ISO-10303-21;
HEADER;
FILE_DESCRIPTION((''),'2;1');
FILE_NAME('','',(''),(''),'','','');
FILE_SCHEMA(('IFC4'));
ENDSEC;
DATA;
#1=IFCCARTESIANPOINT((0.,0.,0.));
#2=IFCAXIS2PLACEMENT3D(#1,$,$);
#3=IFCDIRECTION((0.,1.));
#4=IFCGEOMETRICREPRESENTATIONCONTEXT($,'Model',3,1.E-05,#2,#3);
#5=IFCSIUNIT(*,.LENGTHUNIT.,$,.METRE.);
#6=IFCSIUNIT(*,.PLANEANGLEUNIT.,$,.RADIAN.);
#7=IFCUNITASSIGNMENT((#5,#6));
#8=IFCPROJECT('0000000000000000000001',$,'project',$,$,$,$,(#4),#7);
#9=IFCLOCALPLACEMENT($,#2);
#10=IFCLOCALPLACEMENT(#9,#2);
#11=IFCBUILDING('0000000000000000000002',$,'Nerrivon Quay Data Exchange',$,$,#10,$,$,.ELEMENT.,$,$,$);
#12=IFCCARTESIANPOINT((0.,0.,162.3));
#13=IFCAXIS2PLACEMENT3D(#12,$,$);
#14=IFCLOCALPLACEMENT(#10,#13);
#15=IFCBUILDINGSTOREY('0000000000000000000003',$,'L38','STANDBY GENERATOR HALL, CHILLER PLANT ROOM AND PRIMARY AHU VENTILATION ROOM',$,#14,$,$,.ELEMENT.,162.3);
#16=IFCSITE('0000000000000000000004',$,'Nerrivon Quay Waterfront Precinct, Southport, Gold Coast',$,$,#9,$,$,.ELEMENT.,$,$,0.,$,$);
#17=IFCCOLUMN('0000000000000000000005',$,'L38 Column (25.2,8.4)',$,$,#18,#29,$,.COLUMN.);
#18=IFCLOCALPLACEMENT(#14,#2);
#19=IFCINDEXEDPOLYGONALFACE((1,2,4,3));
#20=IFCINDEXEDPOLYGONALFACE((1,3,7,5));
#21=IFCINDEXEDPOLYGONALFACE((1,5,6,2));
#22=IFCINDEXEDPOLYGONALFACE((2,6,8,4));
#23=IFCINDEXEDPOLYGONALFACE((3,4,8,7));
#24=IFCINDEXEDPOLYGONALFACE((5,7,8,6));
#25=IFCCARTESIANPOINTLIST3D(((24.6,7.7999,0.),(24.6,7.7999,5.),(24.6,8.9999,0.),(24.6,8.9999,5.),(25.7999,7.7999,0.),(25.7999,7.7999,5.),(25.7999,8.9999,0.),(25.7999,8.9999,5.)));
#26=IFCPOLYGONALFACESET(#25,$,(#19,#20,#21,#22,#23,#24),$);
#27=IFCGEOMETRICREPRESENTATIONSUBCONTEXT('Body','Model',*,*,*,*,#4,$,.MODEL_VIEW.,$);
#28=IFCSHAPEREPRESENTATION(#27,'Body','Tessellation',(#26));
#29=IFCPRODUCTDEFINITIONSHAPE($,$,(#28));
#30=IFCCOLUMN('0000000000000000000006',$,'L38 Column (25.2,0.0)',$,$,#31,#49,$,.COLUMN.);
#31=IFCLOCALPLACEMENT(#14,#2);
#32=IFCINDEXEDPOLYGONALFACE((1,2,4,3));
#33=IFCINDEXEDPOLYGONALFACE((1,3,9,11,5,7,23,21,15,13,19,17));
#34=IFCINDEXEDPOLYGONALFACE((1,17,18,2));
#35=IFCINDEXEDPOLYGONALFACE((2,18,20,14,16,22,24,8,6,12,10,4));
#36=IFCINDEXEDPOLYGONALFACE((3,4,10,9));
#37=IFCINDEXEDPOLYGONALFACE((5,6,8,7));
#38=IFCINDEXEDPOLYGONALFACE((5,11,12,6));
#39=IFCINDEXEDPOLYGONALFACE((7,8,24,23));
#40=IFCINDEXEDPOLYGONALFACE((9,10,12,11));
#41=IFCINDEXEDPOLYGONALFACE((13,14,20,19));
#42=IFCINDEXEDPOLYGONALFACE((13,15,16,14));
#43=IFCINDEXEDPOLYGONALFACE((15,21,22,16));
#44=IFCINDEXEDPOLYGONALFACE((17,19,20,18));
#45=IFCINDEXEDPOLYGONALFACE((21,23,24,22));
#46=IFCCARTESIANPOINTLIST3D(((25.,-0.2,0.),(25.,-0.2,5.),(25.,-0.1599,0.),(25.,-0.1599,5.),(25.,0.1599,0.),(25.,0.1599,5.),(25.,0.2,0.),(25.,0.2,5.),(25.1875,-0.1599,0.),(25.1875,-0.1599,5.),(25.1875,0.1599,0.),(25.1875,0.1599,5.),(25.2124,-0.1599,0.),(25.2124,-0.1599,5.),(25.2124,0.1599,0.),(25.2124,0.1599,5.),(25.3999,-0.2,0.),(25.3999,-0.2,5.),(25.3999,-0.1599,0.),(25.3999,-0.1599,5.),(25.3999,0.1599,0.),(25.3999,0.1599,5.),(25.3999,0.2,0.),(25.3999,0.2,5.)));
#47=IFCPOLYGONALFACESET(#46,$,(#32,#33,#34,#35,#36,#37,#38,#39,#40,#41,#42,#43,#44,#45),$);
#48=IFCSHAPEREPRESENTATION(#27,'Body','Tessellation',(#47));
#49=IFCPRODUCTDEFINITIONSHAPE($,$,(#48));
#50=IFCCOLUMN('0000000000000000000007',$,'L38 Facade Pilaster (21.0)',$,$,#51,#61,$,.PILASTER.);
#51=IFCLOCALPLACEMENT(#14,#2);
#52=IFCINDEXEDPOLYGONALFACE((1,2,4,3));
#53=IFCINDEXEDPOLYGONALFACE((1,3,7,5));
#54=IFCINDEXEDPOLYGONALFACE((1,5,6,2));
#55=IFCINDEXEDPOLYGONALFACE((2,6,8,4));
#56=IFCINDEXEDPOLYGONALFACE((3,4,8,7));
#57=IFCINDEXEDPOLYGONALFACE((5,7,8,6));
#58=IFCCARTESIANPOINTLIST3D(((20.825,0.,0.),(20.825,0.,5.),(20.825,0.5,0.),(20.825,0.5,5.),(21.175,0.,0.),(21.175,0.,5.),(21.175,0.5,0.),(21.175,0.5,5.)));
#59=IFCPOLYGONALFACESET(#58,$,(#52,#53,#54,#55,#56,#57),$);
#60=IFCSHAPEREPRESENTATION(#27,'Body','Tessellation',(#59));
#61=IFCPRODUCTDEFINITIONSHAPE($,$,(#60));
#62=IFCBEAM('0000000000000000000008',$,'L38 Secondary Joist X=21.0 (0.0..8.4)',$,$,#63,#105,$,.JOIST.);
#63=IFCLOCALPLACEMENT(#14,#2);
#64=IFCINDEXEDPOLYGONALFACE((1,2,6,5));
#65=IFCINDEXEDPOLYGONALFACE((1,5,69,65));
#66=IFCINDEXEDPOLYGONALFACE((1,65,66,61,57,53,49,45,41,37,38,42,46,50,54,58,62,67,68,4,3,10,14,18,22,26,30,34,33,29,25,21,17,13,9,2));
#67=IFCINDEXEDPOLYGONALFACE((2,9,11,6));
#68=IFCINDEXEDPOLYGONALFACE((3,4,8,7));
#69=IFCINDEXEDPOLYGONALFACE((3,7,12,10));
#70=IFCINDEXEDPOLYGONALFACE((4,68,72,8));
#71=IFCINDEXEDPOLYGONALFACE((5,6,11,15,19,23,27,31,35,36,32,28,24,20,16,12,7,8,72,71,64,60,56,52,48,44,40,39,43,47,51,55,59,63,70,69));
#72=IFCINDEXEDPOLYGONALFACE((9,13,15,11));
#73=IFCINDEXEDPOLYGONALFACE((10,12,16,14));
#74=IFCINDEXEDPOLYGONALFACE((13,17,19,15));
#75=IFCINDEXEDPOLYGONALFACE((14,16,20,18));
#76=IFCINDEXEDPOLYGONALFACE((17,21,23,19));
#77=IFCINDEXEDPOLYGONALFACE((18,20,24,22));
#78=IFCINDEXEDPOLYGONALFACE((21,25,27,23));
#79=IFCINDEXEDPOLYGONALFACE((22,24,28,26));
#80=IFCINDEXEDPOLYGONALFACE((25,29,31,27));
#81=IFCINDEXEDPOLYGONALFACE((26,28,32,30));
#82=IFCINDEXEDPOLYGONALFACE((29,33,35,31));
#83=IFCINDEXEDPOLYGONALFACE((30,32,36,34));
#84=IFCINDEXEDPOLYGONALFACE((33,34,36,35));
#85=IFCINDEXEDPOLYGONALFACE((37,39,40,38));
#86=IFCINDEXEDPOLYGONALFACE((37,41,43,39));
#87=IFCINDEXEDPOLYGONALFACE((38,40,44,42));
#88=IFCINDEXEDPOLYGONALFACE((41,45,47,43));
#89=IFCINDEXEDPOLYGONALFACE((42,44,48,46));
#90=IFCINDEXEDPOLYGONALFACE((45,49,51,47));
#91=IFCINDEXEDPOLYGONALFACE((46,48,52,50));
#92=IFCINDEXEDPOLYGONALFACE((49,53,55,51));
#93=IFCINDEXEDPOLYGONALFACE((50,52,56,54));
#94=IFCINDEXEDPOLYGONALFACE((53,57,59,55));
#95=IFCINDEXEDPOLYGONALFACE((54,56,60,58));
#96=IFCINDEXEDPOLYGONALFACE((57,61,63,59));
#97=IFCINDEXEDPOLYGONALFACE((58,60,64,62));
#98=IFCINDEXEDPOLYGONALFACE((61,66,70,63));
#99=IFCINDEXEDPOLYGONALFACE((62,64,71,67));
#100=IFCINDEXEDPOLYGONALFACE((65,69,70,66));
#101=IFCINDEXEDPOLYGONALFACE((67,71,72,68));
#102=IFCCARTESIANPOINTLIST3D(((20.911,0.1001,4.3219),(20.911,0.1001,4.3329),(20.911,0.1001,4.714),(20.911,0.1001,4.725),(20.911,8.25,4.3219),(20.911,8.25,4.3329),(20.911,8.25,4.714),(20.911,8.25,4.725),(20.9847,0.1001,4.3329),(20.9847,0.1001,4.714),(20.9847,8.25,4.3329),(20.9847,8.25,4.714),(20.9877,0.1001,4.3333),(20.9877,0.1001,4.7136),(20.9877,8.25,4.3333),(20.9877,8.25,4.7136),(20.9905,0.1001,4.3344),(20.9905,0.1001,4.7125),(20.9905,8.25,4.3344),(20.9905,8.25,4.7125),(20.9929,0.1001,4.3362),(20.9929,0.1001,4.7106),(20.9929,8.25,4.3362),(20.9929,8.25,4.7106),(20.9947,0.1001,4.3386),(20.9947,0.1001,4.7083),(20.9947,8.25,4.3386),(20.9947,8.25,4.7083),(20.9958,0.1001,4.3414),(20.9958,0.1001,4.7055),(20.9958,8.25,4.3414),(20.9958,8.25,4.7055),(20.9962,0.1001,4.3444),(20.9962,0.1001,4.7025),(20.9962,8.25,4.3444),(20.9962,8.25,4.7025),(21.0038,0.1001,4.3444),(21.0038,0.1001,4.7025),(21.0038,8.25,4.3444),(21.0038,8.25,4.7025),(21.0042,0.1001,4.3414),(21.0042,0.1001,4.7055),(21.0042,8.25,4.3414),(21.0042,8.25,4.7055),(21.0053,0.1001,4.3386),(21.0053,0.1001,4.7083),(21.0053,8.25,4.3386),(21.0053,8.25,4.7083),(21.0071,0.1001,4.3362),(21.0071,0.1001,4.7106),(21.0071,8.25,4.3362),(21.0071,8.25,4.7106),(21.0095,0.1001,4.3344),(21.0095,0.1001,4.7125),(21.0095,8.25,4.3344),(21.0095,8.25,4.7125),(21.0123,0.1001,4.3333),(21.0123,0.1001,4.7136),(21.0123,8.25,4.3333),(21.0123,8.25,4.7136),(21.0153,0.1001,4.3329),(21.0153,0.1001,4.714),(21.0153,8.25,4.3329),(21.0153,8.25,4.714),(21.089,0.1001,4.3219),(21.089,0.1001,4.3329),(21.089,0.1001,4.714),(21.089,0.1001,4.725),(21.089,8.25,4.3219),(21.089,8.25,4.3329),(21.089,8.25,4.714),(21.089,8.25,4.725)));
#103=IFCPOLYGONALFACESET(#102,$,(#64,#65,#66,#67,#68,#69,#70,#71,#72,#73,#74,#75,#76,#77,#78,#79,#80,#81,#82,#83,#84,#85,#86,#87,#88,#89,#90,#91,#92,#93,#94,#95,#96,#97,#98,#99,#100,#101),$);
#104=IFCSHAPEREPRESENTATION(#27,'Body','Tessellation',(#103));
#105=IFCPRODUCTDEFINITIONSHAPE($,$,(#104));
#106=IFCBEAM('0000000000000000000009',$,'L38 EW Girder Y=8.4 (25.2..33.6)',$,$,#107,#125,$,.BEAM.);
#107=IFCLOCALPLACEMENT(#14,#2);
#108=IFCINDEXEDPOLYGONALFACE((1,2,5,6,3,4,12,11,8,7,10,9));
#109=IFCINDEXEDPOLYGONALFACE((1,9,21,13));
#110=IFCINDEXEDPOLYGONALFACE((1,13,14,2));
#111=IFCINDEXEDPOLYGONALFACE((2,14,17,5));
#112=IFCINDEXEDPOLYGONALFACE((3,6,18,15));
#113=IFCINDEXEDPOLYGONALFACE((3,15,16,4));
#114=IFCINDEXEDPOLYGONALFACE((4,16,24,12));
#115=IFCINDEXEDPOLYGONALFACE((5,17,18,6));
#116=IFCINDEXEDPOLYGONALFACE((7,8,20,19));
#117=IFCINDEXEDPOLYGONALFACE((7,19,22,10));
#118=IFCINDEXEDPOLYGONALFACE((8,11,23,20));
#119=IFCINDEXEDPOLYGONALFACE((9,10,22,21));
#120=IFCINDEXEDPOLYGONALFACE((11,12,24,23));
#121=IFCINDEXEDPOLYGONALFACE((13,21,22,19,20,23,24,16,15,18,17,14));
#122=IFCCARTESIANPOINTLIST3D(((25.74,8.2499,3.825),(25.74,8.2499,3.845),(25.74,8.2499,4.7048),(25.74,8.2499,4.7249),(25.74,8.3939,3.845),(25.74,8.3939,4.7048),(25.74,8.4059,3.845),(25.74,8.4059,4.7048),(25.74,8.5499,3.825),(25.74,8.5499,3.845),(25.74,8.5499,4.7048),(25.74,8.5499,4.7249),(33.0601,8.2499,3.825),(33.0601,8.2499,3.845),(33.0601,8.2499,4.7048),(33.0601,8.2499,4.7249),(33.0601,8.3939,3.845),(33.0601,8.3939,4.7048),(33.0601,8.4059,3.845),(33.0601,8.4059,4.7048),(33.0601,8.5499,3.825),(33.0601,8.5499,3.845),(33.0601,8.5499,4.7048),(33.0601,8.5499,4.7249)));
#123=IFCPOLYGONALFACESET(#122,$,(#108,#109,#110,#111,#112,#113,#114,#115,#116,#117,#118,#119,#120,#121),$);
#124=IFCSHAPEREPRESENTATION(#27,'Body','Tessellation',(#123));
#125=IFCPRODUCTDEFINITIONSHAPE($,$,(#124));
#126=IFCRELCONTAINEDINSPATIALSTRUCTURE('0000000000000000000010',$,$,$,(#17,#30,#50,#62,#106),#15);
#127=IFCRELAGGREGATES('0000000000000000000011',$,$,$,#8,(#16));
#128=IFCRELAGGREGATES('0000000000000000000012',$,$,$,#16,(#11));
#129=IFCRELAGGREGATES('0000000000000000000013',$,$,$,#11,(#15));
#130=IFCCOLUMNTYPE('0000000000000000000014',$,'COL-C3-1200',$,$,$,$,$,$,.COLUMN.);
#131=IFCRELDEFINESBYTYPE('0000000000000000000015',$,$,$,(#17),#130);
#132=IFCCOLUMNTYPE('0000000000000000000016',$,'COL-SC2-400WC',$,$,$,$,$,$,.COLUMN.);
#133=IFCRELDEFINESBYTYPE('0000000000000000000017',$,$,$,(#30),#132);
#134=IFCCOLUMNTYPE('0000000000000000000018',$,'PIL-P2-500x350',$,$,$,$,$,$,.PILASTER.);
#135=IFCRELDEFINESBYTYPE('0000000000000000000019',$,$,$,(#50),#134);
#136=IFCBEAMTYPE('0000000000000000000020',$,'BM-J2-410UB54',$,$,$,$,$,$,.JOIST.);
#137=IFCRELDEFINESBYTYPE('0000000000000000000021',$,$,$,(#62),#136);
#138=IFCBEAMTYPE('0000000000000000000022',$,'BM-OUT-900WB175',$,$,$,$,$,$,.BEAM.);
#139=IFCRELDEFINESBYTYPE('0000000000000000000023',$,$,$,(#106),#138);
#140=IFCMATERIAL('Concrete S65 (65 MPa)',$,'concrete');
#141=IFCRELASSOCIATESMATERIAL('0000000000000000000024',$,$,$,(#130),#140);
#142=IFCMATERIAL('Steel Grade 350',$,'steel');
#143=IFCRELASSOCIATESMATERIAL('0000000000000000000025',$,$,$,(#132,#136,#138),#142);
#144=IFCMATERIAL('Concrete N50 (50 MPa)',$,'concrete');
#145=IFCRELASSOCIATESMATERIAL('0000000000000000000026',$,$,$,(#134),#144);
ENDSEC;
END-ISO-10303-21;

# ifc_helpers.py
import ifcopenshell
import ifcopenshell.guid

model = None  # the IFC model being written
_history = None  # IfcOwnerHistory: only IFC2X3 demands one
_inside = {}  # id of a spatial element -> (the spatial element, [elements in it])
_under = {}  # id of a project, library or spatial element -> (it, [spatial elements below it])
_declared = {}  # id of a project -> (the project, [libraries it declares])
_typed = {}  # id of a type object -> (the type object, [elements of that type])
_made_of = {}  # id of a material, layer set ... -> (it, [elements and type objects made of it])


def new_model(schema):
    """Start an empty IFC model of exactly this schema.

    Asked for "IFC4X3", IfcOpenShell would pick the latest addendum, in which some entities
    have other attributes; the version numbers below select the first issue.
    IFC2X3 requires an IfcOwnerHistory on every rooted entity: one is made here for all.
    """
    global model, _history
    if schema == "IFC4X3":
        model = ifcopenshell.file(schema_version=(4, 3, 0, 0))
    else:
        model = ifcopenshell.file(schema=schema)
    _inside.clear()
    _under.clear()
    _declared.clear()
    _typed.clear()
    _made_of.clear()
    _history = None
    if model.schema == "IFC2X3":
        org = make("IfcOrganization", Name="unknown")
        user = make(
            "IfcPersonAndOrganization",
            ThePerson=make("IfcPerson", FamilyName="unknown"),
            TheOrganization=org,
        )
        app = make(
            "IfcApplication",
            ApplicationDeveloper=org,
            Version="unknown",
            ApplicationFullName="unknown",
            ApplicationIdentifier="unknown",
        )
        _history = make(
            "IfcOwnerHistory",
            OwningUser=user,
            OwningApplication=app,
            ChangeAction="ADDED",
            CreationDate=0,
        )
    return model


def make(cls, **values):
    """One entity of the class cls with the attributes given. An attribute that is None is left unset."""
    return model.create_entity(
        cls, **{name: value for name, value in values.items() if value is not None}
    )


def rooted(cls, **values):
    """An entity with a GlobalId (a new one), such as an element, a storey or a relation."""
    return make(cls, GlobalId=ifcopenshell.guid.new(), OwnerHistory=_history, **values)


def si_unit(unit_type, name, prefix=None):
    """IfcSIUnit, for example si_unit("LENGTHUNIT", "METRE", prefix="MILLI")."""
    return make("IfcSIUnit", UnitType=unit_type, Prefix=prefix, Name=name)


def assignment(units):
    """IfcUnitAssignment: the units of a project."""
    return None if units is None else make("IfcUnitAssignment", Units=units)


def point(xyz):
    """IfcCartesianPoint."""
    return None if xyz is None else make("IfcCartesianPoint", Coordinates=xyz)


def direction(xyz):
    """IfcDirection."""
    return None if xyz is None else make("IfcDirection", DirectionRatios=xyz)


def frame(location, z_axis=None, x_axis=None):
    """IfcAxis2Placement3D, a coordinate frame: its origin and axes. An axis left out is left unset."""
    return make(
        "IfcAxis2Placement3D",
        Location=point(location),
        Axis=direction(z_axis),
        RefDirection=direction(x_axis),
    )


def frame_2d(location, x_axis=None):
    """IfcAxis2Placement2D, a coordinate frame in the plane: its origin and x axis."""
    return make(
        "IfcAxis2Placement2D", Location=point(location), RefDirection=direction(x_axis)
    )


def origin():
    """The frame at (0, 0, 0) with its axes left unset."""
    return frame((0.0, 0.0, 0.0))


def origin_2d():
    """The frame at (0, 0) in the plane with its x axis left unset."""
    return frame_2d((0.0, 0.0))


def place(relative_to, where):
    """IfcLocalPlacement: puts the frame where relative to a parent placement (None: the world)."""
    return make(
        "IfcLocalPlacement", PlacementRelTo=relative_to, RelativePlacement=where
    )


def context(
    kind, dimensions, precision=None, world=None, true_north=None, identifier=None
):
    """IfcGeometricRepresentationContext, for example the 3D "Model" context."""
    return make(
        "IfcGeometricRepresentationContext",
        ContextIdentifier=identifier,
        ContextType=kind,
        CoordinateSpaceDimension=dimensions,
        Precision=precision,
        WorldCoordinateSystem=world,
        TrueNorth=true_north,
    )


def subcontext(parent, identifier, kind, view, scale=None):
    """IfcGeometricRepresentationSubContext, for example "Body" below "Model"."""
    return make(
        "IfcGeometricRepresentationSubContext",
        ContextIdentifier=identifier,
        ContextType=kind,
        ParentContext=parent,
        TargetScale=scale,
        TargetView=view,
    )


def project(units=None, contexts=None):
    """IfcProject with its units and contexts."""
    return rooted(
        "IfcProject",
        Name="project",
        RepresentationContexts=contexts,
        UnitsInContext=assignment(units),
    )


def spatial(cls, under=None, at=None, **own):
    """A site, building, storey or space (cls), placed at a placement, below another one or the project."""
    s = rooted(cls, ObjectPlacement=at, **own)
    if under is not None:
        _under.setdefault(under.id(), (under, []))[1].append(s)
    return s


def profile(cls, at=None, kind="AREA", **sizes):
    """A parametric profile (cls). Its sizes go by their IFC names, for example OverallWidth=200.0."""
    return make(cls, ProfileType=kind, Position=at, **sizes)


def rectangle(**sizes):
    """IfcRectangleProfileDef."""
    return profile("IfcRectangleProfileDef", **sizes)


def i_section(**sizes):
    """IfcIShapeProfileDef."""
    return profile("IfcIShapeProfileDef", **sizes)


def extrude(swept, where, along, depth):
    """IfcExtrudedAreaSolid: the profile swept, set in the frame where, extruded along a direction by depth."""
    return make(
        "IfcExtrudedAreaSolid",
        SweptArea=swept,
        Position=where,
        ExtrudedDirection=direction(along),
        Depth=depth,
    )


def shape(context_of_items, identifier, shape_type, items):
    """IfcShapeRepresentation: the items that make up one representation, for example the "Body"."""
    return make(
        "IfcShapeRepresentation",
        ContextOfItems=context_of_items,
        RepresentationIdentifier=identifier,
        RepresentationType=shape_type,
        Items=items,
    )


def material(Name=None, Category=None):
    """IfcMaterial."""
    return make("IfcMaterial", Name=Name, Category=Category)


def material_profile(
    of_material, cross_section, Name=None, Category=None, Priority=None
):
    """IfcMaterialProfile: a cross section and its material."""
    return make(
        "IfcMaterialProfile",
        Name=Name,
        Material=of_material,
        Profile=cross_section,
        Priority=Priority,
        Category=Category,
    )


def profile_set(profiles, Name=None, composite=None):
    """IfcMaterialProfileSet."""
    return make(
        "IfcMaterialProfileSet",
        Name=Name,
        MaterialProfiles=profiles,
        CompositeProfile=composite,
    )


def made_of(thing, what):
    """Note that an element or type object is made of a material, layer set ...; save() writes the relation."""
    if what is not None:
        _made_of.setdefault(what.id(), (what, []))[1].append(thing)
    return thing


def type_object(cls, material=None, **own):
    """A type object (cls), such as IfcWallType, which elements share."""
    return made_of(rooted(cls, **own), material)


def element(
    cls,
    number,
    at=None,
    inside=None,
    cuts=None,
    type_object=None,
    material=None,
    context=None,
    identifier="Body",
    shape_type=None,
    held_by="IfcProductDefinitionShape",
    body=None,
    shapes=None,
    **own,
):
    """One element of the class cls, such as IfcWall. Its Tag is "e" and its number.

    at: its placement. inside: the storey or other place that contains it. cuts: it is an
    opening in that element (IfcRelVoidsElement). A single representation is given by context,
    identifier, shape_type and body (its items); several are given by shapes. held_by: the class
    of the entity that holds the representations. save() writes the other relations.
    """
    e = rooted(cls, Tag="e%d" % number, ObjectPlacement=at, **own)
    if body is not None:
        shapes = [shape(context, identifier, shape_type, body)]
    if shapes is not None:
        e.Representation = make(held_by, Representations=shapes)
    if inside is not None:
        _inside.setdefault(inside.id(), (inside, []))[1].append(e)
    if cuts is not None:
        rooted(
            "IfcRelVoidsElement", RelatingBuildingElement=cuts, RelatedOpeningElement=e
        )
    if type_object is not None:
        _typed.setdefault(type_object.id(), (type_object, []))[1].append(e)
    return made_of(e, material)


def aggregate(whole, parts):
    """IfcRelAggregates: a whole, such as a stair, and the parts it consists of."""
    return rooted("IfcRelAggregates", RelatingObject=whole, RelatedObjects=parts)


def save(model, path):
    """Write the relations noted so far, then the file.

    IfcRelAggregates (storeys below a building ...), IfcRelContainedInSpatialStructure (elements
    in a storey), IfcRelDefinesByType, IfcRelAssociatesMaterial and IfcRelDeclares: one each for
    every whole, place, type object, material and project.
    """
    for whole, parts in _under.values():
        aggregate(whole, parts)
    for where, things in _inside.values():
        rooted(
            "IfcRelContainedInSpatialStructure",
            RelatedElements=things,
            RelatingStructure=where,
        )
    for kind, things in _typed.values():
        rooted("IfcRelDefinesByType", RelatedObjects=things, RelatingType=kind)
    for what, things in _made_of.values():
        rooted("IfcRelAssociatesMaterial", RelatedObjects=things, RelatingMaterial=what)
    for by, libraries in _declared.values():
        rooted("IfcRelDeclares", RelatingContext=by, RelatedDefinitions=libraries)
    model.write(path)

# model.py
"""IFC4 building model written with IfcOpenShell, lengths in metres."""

from ifc_helpers import new_model, si_unit, direction, frame, origin, origin_2d, place, context, subcontext, project, spatial, rectangle, i_section, extrude, material, material_profile, profile_set, type_object, element, save


model = new_model("IFC4")

# Units and contexts
model_context = context("Model", 3, precision=1e-05, world=origin(), true_north=direction((0.0, 1.0)))
body_context = subcontext(model_context, "Body", "Model", "MODEL_VIEW")
ifc_project = project(units=[si_unit("LENGTHUNIT", "METRE"), si_unit("PLANEANGLEUNIT", "RADIAN")], contexts=[model_context])

# Site, building, storey
site_placement = place(None, origin())
site = spatial("IfcSite", under=ifc_project, at=site_placement, Name="Nerrivon Quay Waterfront Precinct, Southport, Gold Coast", CompositionType="ELEMENT", RefElevation=0.0)
building_placement = place(site_placement, origin())
building = spatial("IfcBuilding", under=site, at=building_placement, Name="Nerrivon Quay Data Exchange", CompositionType="ELEMENT")
storey_placement = place(building_placement, frame((0.0, 0.0, 162.3)))
storey = spatial("IfcBuildingStorey", under=building, at=storey_placement, Name="L38", Description="STANDBY GENERATOR HALL, CHILLER PLANT ROOM AND PRIMARY AHU VENTILATION ROOM", CompositionType="ELEMENT", Elevation=162.3)

# Columns
ifc_material_1 = material(Name="Concrete S65 (65 MPa)", Category="concrete")
ifc_material_profile_1 = material_profile(ifc_material_1, rectangle(XDim=1.2, YDim=1.2, at=origin_2d()), Name="RC-COL-1200x1200")
ifc_profile_set_1 = profile_set([ifc_material_profile_1], Name="Concrete S65 (65 MPa)")
column_type_1 = type_object("IfcColumnType", Name="COL-C3-1200", PredefinedType="COLUMN", material=ifc_profile_set_1)
column_1_placement = place(storey_placement, frame((25.2, 8.3999, 0.0), z_axis=(0.0, 0.0, 1.0), x_axis=(1.0, 0.0, 0.0)))
element("IfcColumn", 1, at=column_1_placement, inside=storey, type_object=column_type_1, Name="L38 Column (25.2,8.4)", PredefinedType="COLUMN", context=body_context, shape_type="SweptSolid", body=[
    extrude(rectangle(XDim=1.2, YDim=1.2, at=origin_2d()), origin(), (0.0, 0.0, 1.0), 5.0),
])
ifc_material_2 = material(Name="Steel Grade 350", Category="steel")
ifc_material_profile_2 = material_profile(ifc_material_2, i_section(OverallWidth=0.3999, OverallDepth=0.3999, WebThickness=0.0249, FlangeThickness=0.04, at=origin_2d()), Name="400WC328")
ifc_profile_set_2 = profile_set([ifc_material_profile_2], Name="Steel Grade 350")
column_type_2 = type_object("IfcColumnType", Name="COL-SC2-400WC", PredefinedType="COLUMN", material=ifc_profile_set_2)
column_2_placement = place(storey_placement, frame((25.2, 0.0, 0.0), z_axis=(0.0, 0.0, 1.0), x_axis=(1.0, 0.0, 0.0)))
element("IfcColumn", 2, at=column_2_placement, inside=storey, type_object=column_type_2, Name="L38 Column (25.2,0.0)", PredefinedType="COLUMN", context=body_context, shape_type="SweptSolid", body=[
    extrude(i_section(OverallWidth=0.3999, OverallDepth=0.3999, WebThickness=0.0249, FlangeThickness=0.04, at=origin_2d()), origin(), (0.0, 0.0, 1.0), 5.0),
])
ifc_material_3 = material(Name="Concrete N50 (50 MPa)", Category="concrete")
ifc_material_profile_3 = material_profile(ifc_material_3, rectangle(XDim=0.3501, YDim=0.5, at=origin_2d()), Name="RC-PIL-500x350")
ifc_profile_set_3 = profile_set([ifc_material_profile_3], Name="Concrete N50 (50 MPa)")
column_type_3 = type_object("IfcColumnType", Name="PIL-P2-500x350", PredefinedType="PILASTER", material=ifc_profile_set_3)
column_3_placement = place(storey_placement, frame((21.0, 0.25, 0.0), z_axis=(0.0, 0.0, 1.0), x_axis=(1.0, 0.0, 0.0)))
element("IfcColumn", 3, at=column_3_placement, inside=storey, type_object=column_type_3, Name="L38 Facade Pilaster (21.0)", PredefinedType="PILASTER", context=body_context, shape_type="SweptSolid", body=[
    extrude(rectangle(XDim=0.3501, YDim=0.5, at=origin_2d()), origin(), (0.0, 0.0, 1.0), 5.0),
])

# Beams
ifc_material_profile_4 = material_profile(ifc_material_2, i_section(OverallWidth=0.178, OverallDepth=0.4031, WebThickness=0.0076, FlangeThickness=0.011, FilletRadius=0.0115, at=origin_2d()), Name="410UB53.7")
ifc_profile_set_4 = profile_set([ifc_material_profile_4], Name="Steel Grade 350")
beam_type_1 = type_object("IfcBeamType", Name="BM-J2-410UB54", PredefinedType="JOIST", material=ifc_profile_set_4)
beam_1_placement = place(storey_placement, frame((21.0, 0.1001, 4.5234), z_axis=(0.0, 1.0, 0.0), x_axis=(-1.0, 0.0, 0.0)))
element("IfcBeam", 4, at=beam_1_placement, inside=storey, type_object=beam_type_1, Name="L38 Secondary Joist X=21.0 (0.0..8.4)", PredefinedType="JOIST", context=body_context, shape_type="SweptSolid", body=[
    extrude(i_section(OverallWidth=0.178, OverallDepth=0.4031, WebThickness=0.0076, FlangeThickness=0.011, FilletRadius=0.0115, at=origin_2d()), origin(), (0.0, 0.0, 1.0), 8.1499),
])
ifc_material_profile_5 = material_profile(ifc_material_2, i_section(OverallWidth=0.3, OverallDepth=0.8999, WebThickness=0.012, FlangeThickness=0.02, at=origin_2d()), Name="900WB175")
ifc_profile_set_5 = profile_set([ifc_material_profile_5], Name="Steel Grade 350")
beam_type_2 = type_object("IfcBeamType", Name="BM-OUT-900WB175", PredefinedType="BEAM", material=ifc_profile_set_5)
beam_2_placement = place(storey_placement, frame((25.74, 8.3999, 4.2749), z_axis=(1.0, 0.0, 0.0), x_axis=(0.0, 1.0, 0.0)))
element("IfcBeam", 5, at=beam_2_placement, inside=storey, type_object=beam_type_2, Name="L38 EW Girder Y=8.4 (25.2..33.6)", PredefinedType="BEAM", context=body_context, shape_type="SweptSolid", body=[
    extrude(i_section(OverallWidth=0.3, OverallDepth=0.8999, WebThickness=0.012, FlangeThickness=0.02, at=origin_2d()), origin(), (0.0, 0.0, 1.0), 7.3201),
])

save(model, "model.ifc")
